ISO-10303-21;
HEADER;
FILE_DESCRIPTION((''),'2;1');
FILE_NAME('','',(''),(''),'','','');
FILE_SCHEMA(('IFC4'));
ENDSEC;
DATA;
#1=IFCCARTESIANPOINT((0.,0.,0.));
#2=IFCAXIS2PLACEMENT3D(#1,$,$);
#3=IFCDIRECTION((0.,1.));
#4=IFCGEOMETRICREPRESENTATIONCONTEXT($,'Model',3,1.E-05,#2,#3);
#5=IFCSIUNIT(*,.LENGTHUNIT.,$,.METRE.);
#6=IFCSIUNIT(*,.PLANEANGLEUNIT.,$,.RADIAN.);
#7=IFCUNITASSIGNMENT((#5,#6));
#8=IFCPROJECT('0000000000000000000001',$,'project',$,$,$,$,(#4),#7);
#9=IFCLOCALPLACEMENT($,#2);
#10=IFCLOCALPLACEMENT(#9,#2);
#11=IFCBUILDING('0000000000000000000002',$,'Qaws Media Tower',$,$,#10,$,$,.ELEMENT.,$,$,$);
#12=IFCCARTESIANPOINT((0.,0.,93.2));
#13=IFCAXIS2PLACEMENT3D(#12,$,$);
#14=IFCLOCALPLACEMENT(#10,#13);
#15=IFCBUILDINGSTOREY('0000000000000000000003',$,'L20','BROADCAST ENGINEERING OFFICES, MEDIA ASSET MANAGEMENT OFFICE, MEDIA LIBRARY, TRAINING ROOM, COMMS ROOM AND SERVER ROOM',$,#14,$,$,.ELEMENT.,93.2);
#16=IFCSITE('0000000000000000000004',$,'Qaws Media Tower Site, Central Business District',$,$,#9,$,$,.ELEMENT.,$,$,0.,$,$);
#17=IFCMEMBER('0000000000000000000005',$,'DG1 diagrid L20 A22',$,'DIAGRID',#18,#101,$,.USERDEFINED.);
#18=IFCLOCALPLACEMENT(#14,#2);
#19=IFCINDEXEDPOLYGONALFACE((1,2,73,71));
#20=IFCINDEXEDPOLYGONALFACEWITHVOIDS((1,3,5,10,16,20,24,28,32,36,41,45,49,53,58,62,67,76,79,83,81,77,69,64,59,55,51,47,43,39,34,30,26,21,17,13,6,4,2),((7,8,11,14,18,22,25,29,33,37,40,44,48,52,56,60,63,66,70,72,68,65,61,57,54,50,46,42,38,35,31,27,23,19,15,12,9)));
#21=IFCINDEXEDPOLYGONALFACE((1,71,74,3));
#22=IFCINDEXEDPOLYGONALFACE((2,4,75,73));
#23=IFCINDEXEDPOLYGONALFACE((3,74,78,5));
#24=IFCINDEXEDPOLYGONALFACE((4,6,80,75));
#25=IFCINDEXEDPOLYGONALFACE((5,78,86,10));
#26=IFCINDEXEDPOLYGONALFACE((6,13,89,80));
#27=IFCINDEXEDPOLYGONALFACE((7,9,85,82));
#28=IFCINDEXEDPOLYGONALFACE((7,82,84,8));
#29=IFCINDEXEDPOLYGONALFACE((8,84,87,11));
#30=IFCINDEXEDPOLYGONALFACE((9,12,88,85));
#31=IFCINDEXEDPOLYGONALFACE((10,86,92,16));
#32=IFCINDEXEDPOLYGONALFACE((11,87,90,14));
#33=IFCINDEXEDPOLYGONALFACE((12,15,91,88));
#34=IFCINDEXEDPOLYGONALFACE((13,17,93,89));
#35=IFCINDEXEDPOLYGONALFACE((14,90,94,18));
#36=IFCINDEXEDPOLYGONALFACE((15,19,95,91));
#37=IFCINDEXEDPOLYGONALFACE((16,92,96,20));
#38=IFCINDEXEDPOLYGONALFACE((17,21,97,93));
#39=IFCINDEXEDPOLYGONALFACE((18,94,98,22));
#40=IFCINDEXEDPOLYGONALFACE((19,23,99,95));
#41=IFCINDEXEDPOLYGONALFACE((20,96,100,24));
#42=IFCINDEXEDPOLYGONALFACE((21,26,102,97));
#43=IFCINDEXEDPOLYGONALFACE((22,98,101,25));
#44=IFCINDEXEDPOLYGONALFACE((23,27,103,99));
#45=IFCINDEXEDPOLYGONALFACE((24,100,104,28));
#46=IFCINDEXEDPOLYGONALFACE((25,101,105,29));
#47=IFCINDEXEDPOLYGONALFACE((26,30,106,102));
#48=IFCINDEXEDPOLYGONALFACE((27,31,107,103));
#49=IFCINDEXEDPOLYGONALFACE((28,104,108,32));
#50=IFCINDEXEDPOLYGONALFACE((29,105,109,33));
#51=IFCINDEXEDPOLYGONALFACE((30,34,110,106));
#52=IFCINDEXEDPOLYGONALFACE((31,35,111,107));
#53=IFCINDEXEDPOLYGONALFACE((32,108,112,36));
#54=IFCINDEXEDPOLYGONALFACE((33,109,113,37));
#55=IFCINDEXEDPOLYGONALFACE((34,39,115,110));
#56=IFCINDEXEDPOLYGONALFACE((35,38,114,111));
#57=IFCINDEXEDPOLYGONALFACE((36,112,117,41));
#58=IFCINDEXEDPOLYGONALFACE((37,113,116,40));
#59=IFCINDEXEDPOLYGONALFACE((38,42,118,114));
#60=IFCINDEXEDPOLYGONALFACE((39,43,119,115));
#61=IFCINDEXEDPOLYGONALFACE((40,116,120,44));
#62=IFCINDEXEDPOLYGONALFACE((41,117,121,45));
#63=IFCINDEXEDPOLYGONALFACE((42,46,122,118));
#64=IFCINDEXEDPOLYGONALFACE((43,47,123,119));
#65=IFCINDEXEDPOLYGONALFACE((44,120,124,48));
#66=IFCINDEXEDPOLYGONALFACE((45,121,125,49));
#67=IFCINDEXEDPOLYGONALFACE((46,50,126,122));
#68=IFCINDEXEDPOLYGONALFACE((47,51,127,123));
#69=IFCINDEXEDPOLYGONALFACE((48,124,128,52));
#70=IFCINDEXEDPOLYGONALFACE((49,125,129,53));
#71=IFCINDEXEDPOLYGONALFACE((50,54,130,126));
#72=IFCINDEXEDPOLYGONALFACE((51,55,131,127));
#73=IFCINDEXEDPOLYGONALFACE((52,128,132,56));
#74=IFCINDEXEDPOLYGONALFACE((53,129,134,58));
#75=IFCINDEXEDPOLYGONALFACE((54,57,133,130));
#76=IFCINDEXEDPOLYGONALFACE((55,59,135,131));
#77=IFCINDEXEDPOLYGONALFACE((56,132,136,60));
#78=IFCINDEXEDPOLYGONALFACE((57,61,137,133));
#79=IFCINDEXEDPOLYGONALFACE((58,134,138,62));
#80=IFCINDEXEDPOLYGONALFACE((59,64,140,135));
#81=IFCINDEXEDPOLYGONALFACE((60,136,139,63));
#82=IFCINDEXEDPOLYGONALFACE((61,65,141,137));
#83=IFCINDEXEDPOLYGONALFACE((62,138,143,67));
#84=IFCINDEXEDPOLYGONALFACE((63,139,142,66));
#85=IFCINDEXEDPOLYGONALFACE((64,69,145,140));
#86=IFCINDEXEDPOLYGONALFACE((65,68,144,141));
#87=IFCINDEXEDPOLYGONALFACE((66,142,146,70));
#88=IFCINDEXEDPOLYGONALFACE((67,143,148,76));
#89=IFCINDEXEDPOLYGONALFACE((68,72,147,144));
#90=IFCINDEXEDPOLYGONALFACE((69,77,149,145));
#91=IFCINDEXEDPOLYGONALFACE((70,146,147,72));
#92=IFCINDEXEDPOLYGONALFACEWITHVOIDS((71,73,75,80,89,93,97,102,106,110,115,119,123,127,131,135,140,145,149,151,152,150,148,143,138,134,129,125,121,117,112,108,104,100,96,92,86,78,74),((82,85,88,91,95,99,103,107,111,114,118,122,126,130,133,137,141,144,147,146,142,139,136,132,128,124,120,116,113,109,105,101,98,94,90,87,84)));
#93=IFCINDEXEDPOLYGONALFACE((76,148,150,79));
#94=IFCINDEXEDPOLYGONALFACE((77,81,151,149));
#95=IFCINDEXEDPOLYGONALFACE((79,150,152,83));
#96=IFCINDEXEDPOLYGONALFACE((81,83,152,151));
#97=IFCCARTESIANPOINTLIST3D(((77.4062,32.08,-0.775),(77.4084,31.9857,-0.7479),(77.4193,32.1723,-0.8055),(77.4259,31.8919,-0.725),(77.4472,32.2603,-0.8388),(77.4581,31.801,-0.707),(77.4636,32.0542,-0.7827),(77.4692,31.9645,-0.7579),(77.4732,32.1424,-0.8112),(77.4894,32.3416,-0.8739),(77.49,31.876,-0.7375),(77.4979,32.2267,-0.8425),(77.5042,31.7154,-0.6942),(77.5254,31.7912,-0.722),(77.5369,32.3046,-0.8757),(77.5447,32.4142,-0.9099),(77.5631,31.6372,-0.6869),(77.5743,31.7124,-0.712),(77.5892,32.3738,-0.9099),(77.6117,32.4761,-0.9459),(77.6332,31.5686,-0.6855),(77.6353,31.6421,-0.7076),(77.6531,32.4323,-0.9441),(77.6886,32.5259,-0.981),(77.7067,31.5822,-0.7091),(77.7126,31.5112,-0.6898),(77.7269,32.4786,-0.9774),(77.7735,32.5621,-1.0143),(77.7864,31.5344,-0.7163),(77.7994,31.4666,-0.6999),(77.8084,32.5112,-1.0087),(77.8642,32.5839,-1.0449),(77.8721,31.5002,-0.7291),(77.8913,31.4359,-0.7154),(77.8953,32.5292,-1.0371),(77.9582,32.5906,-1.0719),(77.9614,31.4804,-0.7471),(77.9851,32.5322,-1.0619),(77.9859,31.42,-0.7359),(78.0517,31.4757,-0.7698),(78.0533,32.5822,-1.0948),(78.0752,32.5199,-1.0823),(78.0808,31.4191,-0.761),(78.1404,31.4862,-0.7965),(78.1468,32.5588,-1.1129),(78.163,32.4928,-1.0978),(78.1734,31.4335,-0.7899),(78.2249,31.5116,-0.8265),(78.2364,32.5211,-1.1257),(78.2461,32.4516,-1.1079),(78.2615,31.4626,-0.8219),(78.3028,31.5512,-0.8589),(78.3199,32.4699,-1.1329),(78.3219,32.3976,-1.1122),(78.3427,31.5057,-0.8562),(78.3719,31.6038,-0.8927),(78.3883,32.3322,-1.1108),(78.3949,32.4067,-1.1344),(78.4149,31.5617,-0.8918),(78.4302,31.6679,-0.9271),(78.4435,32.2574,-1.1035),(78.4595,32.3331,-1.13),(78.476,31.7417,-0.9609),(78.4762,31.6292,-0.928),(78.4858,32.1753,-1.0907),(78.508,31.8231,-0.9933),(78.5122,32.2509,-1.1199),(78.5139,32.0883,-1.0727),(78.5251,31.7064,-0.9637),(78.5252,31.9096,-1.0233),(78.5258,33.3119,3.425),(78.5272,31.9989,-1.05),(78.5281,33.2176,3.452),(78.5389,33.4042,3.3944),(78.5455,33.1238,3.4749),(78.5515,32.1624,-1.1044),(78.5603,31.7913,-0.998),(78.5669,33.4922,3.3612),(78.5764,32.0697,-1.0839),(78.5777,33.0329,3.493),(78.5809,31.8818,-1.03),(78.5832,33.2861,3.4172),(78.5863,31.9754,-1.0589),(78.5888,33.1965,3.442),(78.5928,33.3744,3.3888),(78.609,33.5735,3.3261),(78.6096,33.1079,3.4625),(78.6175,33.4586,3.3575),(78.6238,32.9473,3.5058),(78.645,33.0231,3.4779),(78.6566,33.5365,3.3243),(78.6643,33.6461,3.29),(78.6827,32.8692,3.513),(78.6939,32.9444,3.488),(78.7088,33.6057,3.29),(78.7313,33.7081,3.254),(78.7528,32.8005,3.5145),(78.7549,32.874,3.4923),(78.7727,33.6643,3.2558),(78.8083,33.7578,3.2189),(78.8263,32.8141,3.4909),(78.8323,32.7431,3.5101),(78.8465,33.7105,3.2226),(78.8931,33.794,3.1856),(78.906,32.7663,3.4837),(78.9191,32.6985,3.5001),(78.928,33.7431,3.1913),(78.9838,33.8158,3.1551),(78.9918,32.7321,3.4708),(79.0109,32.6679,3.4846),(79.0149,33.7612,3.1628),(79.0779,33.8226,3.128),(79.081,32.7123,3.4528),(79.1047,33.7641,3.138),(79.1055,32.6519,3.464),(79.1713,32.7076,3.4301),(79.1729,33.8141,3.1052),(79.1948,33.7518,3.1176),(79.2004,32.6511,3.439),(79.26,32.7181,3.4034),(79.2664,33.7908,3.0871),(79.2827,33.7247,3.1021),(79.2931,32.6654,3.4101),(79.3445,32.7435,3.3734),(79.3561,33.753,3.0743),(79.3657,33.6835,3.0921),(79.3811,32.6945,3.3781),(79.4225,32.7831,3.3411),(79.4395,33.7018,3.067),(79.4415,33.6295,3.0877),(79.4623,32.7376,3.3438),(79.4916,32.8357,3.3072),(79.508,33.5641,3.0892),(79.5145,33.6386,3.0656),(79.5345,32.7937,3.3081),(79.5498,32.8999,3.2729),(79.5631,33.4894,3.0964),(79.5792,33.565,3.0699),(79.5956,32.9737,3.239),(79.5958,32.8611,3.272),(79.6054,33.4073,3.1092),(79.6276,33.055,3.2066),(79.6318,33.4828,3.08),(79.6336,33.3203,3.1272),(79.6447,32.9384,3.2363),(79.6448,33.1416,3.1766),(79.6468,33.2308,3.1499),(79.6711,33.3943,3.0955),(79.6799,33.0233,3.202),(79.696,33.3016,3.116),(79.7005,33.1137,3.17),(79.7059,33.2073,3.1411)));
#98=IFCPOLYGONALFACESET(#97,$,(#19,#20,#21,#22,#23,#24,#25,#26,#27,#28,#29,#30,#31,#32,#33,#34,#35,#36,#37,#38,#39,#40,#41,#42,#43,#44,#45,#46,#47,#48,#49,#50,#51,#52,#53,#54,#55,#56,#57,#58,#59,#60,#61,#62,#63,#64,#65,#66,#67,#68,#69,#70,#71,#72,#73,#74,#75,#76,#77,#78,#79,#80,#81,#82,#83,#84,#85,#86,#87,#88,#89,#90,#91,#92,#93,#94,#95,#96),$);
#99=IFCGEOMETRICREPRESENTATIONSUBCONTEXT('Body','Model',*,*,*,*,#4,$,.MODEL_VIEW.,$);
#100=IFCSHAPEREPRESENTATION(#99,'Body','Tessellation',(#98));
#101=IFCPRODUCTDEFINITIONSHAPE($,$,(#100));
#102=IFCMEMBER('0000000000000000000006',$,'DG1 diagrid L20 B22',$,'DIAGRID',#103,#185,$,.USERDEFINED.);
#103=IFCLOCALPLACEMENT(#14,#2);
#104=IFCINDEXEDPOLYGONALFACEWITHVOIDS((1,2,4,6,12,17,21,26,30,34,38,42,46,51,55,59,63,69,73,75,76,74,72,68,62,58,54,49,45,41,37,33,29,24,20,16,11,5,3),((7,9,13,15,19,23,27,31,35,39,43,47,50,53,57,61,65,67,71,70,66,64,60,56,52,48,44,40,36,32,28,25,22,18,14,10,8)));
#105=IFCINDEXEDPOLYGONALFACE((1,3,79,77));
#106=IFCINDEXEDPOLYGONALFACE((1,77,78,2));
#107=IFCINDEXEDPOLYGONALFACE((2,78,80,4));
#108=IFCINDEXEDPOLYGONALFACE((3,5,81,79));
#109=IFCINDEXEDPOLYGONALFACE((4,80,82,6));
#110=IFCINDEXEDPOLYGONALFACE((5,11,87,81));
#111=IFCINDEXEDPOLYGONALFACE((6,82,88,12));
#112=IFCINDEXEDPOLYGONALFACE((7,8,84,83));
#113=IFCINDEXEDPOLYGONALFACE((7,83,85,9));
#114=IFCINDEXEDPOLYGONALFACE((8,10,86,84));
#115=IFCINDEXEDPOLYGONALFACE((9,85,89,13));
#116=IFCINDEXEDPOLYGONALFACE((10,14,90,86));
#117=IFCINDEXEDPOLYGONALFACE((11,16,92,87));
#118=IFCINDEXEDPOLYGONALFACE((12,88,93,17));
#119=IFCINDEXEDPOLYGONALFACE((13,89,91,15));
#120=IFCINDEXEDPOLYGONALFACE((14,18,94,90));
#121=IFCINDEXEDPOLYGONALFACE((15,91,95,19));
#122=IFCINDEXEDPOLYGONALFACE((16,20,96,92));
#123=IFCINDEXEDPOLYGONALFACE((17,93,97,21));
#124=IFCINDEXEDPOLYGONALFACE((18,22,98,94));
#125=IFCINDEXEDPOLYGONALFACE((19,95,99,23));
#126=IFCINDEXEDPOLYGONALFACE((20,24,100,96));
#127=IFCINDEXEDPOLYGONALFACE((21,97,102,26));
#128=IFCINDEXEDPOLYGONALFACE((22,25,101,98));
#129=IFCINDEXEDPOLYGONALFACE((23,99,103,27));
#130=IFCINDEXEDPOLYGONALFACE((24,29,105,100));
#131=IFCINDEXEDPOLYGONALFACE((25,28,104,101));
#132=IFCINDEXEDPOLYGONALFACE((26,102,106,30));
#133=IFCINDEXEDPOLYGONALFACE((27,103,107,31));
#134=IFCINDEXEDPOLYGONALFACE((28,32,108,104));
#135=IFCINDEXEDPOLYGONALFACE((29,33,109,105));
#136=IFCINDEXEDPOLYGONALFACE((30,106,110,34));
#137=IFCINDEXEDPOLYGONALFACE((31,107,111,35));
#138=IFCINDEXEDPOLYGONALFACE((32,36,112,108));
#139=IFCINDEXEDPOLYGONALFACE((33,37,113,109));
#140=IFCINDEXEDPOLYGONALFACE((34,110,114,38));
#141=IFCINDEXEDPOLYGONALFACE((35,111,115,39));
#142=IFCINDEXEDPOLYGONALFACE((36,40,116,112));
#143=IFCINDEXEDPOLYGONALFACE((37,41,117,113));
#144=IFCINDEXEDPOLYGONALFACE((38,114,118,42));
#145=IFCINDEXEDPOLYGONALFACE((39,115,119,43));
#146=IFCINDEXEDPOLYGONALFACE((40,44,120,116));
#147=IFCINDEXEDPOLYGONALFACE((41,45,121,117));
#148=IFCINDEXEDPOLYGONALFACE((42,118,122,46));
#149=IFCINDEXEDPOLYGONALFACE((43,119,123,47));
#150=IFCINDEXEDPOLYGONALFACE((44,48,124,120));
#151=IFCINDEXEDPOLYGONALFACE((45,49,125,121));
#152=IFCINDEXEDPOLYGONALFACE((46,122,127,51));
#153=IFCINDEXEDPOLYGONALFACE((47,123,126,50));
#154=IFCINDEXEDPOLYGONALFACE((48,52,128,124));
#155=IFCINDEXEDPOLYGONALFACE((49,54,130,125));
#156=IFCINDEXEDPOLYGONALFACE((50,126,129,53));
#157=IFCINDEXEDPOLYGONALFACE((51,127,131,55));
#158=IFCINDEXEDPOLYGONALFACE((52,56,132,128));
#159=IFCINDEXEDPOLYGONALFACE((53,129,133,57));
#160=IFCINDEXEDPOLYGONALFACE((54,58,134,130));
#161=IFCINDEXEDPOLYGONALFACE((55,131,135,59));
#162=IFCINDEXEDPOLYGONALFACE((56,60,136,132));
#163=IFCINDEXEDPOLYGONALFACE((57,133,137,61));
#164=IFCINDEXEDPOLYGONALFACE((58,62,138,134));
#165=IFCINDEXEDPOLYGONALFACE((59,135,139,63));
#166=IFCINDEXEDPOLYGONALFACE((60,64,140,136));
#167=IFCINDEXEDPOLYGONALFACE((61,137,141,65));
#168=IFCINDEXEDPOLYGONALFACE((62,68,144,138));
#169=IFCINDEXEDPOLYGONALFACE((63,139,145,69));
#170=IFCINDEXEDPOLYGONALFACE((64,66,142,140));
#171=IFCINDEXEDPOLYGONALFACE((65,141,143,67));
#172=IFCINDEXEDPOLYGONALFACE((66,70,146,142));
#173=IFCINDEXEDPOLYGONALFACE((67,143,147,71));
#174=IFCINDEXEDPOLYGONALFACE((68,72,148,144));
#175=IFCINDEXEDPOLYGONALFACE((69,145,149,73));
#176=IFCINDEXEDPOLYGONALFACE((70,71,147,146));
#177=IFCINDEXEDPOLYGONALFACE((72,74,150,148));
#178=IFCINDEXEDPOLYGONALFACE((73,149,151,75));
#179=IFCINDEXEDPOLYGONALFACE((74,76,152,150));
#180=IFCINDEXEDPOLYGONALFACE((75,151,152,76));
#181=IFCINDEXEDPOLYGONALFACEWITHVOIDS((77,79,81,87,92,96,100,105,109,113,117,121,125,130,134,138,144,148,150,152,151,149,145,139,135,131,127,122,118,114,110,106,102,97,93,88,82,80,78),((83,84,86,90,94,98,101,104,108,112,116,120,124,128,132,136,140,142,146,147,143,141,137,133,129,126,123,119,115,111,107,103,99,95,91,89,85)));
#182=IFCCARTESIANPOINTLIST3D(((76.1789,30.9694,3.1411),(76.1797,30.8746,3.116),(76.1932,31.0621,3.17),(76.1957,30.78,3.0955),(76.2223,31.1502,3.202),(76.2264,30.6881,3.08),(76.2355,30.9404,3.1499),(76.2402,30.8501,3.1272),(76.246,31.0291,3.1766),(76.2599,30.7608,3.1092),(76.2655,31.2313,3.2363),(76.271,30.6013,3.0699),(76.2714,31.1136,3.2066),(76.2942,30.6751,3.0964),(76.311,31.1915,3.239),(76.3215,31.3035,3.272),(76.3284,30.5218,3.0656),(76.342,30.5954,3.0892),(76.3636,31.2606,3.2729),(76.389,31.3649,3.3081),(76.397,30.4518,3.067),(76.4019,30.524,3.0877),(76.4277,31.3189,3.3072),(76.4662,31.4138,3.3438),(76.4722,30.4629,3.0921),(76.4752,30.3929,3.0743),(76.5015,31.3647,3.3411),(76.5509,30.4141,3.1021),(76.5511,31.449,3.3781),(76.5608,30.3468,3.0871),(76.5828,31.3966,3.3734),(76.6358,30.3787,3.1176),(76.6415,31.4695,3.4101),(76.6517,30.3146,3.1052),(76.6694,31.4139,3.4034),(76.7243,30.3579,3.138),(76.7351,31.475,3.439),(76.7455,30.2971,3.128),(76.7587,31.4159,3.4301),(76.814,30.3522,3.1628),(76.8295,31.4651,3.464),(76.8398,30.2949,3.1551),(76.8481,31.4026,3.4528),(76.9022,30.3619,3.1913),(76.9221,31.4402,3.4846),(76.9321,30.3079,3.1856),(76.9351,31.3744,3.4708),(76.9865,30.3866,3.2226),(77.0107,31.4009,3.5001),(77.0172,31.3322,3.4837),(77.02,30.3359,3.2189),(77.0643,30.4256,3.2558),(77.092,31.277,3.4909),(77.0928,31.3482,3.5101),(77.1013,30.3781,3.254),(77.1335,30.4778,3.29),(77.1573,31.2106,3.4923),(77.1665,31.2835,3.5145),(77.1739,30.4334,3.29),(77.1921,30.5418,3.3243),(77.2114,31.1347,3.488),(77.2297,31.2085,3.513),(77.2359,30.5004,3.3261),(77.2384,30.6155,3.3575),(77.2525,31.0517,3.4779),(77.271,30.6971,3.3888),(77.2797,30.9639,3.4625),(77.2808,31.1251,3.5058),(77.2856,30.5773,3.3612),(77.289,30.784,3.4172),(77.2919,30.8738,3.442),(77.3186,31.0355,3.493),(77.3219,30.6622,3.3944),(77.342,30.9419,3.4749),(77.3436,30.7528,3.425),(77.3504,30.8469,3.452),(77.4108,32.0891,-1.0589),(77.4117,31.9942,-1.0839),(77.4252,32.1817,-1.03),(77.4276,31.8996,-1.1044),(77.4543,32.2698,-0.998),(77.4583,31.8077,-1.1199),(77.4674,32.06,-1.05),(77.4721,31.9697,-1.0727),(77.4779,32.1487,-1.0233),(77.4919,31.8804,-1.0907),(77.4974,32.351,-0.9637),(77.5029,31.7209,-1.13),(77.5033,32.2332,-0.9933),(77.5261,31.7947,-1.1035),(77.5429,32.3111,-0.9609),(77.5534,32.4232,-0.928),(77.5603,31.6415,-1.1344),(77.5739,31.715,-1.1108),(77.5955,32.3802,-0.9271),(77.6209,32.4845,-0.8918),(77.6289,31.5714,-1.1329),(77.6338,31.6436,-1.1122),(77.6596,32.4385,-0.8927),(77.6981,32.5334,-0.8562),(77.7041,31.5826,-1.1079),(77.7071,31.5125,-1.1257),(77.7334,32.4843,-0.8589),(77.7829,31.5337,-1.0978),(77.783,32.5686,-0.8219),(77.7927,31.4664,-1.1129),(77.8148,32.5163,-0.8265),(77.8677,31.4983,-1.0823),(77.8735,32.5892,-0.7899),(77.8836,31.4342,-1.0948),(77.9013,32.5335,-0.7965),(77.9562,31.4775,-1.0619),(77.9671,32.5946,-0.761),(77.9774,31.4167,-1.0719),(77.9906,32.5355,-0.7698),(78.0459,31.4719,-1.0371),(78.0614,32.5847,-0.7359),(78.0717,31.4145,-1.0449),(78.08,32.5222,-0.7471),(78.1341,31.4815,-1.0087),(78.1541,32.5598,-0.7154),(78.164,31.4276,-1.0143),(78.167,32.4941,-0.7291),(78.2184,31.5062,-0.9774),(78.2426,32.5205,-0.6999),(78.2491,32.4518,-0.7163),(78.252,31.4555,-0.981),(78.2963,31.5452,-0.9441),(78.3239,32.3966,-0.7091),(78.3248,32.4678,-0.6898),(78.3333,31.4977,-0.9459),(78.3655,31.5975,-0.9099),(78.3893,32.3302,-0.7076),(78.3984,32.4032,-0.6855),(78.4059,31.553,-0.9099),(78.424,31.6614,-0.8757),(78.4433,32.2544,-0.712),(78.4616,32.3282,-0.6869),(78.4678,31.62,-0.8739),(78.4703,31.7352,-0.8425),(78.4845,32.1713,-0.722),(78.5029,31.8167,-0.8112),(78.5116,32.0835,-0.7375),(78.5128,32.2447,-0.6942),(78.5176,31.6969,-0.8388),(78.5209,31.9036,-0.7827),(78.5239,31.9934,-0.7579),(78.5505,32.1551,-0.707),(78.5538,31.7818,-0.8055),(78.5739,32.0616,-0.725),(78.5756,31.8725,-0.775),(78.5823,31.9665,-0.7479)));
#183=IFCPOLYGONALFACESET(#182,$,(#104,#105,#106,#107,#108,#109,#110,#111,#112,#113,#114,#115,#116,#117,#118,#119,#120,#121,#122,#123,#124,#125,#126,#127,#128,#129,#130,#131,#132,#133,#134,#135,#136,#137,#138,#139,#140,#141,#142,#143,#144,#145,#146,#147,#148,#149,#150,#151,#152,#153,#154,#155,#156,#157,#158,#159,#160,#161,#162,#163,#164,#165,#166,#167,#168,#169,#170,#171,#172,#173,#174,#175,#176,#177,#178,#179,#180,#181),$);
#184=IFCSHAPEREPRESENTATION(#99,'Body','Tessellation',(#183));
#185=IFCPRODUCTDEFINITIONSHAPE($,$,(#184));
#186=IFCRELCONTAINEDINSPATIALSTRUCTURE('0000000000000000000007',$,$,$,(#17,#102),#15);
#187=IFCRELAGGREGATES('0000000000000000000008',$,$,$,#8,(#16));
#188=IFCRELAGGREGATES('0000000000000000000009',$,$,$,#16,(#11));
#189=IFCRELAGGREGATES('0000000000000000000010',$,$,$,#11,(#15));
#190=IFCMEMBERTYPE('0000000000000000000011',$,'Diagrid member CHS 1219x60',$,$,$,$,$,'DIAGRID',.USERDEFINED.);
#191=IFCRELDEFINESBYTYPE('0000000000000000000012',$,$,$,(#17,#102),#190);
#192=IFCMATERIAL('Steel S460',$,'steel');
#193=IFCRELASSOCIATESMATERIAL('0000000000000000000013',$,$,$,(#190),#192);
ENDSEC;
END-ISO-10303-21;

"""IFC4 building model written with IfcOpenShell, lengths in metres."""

from ifc_helpers import new_model, si_unit, direction, frame, origin, origin_2d, place, context, subcontext, project, spatial, hollow_circle, extrude, material, material_profile, profile_set, type_object, element, save


model = new_model("IFC4")

# Units and contexts
model_context = context("Model", 3, precision=1e-05, world=origin(), true_north=direction((0.0, 1.0)))
body_context = subcontext(model_context, "Body", "Model", "MODEL_VIEW")
ifc_project = project(units=[si_unit("LENGTHUNIT", "METRE"), si_unit("PLANEANGLEUNIT", "RADIAN")], contexts=[model_context])

# Site, building, storey
site_placement = place(None, origin())
site = spatial("IfcSite", under=ifc_project, at=site_placement, Name="Qaws Media Tower Site, Central Business District", CompositionType="ELEMENT", RefElevation=0.0)
building_placement = place(site_placement, origin())
building = spatial("IfcBuilding", under=site, at=building_placement, Name="Qaws Media Tower", CompositionType="ELEMENT")
storey_placement = place(building_placement, frame((0.0, 0.0, 93.2)))
storey = spatial("IfcBuildingStorey", under=building, at=storey_placement, Name="L20", Description="BROADCAST ENGINEERING OFFICES, MEDIA ASSET MANAGEMENT OFFICE, MEDIA LIBRARY, TRAINING ROOM, COMMS ROOM AND SERVER ROOM", CompositionType="ELEMENT", Elevation=93.2)

# Members
ifc_material_1 = material(Name="Steel S460", Category="steel")
ifc_material_profile_1 = material_profile(ifc_material_1, hollow_circle(Radius=0.6096, WallThickness=0.0601, at=origin_2d()), Name="CHS 1219x60")
ifc_profile_set_1 = profile_set([ifc_material_profile_1], Name="Steel S460")
member_type_1 = type_object("IfcMemberType", Name="Diagrid member CHS 1219x60", ElementType="DIAGRID", PredefinedType="USERDEFINED", material=ifc_profile_set_1)
for number, where, z_axis, x_axis, name in (
    (1, (77.9958, 32.0042, -0.9099), (0.247824, 0.272682, 0.929638), (-0.740033, 0.672571, 0.0), "DG1 diagrid L20 A22"),
    (2, (77.9958, 32.0042, -0.9099), (-0.272682, -0.247824, 0.929638), (0.672571, -0.740033, 0.0), "DG1 diagrid L20 B22"),
):
    element("IfcMember", number, at=place(storey_placement, frame(where, z_axis=z_axis, x_axis=x_axis)), inside=storey, type_object=member_type_1, Name=name, ObjectType="DIAGRID", PredefinedType="USERDEFINED", context=body_context, shape_type="SweptSolid", body=[
        extrude(hollow_circle(Radius=0.6096, WallThickness=0.0601, at=origin_2d()), origin(), (0.0, 0.0, 1.0), 4.5178),
    ])

save(model, "model.ifc")
